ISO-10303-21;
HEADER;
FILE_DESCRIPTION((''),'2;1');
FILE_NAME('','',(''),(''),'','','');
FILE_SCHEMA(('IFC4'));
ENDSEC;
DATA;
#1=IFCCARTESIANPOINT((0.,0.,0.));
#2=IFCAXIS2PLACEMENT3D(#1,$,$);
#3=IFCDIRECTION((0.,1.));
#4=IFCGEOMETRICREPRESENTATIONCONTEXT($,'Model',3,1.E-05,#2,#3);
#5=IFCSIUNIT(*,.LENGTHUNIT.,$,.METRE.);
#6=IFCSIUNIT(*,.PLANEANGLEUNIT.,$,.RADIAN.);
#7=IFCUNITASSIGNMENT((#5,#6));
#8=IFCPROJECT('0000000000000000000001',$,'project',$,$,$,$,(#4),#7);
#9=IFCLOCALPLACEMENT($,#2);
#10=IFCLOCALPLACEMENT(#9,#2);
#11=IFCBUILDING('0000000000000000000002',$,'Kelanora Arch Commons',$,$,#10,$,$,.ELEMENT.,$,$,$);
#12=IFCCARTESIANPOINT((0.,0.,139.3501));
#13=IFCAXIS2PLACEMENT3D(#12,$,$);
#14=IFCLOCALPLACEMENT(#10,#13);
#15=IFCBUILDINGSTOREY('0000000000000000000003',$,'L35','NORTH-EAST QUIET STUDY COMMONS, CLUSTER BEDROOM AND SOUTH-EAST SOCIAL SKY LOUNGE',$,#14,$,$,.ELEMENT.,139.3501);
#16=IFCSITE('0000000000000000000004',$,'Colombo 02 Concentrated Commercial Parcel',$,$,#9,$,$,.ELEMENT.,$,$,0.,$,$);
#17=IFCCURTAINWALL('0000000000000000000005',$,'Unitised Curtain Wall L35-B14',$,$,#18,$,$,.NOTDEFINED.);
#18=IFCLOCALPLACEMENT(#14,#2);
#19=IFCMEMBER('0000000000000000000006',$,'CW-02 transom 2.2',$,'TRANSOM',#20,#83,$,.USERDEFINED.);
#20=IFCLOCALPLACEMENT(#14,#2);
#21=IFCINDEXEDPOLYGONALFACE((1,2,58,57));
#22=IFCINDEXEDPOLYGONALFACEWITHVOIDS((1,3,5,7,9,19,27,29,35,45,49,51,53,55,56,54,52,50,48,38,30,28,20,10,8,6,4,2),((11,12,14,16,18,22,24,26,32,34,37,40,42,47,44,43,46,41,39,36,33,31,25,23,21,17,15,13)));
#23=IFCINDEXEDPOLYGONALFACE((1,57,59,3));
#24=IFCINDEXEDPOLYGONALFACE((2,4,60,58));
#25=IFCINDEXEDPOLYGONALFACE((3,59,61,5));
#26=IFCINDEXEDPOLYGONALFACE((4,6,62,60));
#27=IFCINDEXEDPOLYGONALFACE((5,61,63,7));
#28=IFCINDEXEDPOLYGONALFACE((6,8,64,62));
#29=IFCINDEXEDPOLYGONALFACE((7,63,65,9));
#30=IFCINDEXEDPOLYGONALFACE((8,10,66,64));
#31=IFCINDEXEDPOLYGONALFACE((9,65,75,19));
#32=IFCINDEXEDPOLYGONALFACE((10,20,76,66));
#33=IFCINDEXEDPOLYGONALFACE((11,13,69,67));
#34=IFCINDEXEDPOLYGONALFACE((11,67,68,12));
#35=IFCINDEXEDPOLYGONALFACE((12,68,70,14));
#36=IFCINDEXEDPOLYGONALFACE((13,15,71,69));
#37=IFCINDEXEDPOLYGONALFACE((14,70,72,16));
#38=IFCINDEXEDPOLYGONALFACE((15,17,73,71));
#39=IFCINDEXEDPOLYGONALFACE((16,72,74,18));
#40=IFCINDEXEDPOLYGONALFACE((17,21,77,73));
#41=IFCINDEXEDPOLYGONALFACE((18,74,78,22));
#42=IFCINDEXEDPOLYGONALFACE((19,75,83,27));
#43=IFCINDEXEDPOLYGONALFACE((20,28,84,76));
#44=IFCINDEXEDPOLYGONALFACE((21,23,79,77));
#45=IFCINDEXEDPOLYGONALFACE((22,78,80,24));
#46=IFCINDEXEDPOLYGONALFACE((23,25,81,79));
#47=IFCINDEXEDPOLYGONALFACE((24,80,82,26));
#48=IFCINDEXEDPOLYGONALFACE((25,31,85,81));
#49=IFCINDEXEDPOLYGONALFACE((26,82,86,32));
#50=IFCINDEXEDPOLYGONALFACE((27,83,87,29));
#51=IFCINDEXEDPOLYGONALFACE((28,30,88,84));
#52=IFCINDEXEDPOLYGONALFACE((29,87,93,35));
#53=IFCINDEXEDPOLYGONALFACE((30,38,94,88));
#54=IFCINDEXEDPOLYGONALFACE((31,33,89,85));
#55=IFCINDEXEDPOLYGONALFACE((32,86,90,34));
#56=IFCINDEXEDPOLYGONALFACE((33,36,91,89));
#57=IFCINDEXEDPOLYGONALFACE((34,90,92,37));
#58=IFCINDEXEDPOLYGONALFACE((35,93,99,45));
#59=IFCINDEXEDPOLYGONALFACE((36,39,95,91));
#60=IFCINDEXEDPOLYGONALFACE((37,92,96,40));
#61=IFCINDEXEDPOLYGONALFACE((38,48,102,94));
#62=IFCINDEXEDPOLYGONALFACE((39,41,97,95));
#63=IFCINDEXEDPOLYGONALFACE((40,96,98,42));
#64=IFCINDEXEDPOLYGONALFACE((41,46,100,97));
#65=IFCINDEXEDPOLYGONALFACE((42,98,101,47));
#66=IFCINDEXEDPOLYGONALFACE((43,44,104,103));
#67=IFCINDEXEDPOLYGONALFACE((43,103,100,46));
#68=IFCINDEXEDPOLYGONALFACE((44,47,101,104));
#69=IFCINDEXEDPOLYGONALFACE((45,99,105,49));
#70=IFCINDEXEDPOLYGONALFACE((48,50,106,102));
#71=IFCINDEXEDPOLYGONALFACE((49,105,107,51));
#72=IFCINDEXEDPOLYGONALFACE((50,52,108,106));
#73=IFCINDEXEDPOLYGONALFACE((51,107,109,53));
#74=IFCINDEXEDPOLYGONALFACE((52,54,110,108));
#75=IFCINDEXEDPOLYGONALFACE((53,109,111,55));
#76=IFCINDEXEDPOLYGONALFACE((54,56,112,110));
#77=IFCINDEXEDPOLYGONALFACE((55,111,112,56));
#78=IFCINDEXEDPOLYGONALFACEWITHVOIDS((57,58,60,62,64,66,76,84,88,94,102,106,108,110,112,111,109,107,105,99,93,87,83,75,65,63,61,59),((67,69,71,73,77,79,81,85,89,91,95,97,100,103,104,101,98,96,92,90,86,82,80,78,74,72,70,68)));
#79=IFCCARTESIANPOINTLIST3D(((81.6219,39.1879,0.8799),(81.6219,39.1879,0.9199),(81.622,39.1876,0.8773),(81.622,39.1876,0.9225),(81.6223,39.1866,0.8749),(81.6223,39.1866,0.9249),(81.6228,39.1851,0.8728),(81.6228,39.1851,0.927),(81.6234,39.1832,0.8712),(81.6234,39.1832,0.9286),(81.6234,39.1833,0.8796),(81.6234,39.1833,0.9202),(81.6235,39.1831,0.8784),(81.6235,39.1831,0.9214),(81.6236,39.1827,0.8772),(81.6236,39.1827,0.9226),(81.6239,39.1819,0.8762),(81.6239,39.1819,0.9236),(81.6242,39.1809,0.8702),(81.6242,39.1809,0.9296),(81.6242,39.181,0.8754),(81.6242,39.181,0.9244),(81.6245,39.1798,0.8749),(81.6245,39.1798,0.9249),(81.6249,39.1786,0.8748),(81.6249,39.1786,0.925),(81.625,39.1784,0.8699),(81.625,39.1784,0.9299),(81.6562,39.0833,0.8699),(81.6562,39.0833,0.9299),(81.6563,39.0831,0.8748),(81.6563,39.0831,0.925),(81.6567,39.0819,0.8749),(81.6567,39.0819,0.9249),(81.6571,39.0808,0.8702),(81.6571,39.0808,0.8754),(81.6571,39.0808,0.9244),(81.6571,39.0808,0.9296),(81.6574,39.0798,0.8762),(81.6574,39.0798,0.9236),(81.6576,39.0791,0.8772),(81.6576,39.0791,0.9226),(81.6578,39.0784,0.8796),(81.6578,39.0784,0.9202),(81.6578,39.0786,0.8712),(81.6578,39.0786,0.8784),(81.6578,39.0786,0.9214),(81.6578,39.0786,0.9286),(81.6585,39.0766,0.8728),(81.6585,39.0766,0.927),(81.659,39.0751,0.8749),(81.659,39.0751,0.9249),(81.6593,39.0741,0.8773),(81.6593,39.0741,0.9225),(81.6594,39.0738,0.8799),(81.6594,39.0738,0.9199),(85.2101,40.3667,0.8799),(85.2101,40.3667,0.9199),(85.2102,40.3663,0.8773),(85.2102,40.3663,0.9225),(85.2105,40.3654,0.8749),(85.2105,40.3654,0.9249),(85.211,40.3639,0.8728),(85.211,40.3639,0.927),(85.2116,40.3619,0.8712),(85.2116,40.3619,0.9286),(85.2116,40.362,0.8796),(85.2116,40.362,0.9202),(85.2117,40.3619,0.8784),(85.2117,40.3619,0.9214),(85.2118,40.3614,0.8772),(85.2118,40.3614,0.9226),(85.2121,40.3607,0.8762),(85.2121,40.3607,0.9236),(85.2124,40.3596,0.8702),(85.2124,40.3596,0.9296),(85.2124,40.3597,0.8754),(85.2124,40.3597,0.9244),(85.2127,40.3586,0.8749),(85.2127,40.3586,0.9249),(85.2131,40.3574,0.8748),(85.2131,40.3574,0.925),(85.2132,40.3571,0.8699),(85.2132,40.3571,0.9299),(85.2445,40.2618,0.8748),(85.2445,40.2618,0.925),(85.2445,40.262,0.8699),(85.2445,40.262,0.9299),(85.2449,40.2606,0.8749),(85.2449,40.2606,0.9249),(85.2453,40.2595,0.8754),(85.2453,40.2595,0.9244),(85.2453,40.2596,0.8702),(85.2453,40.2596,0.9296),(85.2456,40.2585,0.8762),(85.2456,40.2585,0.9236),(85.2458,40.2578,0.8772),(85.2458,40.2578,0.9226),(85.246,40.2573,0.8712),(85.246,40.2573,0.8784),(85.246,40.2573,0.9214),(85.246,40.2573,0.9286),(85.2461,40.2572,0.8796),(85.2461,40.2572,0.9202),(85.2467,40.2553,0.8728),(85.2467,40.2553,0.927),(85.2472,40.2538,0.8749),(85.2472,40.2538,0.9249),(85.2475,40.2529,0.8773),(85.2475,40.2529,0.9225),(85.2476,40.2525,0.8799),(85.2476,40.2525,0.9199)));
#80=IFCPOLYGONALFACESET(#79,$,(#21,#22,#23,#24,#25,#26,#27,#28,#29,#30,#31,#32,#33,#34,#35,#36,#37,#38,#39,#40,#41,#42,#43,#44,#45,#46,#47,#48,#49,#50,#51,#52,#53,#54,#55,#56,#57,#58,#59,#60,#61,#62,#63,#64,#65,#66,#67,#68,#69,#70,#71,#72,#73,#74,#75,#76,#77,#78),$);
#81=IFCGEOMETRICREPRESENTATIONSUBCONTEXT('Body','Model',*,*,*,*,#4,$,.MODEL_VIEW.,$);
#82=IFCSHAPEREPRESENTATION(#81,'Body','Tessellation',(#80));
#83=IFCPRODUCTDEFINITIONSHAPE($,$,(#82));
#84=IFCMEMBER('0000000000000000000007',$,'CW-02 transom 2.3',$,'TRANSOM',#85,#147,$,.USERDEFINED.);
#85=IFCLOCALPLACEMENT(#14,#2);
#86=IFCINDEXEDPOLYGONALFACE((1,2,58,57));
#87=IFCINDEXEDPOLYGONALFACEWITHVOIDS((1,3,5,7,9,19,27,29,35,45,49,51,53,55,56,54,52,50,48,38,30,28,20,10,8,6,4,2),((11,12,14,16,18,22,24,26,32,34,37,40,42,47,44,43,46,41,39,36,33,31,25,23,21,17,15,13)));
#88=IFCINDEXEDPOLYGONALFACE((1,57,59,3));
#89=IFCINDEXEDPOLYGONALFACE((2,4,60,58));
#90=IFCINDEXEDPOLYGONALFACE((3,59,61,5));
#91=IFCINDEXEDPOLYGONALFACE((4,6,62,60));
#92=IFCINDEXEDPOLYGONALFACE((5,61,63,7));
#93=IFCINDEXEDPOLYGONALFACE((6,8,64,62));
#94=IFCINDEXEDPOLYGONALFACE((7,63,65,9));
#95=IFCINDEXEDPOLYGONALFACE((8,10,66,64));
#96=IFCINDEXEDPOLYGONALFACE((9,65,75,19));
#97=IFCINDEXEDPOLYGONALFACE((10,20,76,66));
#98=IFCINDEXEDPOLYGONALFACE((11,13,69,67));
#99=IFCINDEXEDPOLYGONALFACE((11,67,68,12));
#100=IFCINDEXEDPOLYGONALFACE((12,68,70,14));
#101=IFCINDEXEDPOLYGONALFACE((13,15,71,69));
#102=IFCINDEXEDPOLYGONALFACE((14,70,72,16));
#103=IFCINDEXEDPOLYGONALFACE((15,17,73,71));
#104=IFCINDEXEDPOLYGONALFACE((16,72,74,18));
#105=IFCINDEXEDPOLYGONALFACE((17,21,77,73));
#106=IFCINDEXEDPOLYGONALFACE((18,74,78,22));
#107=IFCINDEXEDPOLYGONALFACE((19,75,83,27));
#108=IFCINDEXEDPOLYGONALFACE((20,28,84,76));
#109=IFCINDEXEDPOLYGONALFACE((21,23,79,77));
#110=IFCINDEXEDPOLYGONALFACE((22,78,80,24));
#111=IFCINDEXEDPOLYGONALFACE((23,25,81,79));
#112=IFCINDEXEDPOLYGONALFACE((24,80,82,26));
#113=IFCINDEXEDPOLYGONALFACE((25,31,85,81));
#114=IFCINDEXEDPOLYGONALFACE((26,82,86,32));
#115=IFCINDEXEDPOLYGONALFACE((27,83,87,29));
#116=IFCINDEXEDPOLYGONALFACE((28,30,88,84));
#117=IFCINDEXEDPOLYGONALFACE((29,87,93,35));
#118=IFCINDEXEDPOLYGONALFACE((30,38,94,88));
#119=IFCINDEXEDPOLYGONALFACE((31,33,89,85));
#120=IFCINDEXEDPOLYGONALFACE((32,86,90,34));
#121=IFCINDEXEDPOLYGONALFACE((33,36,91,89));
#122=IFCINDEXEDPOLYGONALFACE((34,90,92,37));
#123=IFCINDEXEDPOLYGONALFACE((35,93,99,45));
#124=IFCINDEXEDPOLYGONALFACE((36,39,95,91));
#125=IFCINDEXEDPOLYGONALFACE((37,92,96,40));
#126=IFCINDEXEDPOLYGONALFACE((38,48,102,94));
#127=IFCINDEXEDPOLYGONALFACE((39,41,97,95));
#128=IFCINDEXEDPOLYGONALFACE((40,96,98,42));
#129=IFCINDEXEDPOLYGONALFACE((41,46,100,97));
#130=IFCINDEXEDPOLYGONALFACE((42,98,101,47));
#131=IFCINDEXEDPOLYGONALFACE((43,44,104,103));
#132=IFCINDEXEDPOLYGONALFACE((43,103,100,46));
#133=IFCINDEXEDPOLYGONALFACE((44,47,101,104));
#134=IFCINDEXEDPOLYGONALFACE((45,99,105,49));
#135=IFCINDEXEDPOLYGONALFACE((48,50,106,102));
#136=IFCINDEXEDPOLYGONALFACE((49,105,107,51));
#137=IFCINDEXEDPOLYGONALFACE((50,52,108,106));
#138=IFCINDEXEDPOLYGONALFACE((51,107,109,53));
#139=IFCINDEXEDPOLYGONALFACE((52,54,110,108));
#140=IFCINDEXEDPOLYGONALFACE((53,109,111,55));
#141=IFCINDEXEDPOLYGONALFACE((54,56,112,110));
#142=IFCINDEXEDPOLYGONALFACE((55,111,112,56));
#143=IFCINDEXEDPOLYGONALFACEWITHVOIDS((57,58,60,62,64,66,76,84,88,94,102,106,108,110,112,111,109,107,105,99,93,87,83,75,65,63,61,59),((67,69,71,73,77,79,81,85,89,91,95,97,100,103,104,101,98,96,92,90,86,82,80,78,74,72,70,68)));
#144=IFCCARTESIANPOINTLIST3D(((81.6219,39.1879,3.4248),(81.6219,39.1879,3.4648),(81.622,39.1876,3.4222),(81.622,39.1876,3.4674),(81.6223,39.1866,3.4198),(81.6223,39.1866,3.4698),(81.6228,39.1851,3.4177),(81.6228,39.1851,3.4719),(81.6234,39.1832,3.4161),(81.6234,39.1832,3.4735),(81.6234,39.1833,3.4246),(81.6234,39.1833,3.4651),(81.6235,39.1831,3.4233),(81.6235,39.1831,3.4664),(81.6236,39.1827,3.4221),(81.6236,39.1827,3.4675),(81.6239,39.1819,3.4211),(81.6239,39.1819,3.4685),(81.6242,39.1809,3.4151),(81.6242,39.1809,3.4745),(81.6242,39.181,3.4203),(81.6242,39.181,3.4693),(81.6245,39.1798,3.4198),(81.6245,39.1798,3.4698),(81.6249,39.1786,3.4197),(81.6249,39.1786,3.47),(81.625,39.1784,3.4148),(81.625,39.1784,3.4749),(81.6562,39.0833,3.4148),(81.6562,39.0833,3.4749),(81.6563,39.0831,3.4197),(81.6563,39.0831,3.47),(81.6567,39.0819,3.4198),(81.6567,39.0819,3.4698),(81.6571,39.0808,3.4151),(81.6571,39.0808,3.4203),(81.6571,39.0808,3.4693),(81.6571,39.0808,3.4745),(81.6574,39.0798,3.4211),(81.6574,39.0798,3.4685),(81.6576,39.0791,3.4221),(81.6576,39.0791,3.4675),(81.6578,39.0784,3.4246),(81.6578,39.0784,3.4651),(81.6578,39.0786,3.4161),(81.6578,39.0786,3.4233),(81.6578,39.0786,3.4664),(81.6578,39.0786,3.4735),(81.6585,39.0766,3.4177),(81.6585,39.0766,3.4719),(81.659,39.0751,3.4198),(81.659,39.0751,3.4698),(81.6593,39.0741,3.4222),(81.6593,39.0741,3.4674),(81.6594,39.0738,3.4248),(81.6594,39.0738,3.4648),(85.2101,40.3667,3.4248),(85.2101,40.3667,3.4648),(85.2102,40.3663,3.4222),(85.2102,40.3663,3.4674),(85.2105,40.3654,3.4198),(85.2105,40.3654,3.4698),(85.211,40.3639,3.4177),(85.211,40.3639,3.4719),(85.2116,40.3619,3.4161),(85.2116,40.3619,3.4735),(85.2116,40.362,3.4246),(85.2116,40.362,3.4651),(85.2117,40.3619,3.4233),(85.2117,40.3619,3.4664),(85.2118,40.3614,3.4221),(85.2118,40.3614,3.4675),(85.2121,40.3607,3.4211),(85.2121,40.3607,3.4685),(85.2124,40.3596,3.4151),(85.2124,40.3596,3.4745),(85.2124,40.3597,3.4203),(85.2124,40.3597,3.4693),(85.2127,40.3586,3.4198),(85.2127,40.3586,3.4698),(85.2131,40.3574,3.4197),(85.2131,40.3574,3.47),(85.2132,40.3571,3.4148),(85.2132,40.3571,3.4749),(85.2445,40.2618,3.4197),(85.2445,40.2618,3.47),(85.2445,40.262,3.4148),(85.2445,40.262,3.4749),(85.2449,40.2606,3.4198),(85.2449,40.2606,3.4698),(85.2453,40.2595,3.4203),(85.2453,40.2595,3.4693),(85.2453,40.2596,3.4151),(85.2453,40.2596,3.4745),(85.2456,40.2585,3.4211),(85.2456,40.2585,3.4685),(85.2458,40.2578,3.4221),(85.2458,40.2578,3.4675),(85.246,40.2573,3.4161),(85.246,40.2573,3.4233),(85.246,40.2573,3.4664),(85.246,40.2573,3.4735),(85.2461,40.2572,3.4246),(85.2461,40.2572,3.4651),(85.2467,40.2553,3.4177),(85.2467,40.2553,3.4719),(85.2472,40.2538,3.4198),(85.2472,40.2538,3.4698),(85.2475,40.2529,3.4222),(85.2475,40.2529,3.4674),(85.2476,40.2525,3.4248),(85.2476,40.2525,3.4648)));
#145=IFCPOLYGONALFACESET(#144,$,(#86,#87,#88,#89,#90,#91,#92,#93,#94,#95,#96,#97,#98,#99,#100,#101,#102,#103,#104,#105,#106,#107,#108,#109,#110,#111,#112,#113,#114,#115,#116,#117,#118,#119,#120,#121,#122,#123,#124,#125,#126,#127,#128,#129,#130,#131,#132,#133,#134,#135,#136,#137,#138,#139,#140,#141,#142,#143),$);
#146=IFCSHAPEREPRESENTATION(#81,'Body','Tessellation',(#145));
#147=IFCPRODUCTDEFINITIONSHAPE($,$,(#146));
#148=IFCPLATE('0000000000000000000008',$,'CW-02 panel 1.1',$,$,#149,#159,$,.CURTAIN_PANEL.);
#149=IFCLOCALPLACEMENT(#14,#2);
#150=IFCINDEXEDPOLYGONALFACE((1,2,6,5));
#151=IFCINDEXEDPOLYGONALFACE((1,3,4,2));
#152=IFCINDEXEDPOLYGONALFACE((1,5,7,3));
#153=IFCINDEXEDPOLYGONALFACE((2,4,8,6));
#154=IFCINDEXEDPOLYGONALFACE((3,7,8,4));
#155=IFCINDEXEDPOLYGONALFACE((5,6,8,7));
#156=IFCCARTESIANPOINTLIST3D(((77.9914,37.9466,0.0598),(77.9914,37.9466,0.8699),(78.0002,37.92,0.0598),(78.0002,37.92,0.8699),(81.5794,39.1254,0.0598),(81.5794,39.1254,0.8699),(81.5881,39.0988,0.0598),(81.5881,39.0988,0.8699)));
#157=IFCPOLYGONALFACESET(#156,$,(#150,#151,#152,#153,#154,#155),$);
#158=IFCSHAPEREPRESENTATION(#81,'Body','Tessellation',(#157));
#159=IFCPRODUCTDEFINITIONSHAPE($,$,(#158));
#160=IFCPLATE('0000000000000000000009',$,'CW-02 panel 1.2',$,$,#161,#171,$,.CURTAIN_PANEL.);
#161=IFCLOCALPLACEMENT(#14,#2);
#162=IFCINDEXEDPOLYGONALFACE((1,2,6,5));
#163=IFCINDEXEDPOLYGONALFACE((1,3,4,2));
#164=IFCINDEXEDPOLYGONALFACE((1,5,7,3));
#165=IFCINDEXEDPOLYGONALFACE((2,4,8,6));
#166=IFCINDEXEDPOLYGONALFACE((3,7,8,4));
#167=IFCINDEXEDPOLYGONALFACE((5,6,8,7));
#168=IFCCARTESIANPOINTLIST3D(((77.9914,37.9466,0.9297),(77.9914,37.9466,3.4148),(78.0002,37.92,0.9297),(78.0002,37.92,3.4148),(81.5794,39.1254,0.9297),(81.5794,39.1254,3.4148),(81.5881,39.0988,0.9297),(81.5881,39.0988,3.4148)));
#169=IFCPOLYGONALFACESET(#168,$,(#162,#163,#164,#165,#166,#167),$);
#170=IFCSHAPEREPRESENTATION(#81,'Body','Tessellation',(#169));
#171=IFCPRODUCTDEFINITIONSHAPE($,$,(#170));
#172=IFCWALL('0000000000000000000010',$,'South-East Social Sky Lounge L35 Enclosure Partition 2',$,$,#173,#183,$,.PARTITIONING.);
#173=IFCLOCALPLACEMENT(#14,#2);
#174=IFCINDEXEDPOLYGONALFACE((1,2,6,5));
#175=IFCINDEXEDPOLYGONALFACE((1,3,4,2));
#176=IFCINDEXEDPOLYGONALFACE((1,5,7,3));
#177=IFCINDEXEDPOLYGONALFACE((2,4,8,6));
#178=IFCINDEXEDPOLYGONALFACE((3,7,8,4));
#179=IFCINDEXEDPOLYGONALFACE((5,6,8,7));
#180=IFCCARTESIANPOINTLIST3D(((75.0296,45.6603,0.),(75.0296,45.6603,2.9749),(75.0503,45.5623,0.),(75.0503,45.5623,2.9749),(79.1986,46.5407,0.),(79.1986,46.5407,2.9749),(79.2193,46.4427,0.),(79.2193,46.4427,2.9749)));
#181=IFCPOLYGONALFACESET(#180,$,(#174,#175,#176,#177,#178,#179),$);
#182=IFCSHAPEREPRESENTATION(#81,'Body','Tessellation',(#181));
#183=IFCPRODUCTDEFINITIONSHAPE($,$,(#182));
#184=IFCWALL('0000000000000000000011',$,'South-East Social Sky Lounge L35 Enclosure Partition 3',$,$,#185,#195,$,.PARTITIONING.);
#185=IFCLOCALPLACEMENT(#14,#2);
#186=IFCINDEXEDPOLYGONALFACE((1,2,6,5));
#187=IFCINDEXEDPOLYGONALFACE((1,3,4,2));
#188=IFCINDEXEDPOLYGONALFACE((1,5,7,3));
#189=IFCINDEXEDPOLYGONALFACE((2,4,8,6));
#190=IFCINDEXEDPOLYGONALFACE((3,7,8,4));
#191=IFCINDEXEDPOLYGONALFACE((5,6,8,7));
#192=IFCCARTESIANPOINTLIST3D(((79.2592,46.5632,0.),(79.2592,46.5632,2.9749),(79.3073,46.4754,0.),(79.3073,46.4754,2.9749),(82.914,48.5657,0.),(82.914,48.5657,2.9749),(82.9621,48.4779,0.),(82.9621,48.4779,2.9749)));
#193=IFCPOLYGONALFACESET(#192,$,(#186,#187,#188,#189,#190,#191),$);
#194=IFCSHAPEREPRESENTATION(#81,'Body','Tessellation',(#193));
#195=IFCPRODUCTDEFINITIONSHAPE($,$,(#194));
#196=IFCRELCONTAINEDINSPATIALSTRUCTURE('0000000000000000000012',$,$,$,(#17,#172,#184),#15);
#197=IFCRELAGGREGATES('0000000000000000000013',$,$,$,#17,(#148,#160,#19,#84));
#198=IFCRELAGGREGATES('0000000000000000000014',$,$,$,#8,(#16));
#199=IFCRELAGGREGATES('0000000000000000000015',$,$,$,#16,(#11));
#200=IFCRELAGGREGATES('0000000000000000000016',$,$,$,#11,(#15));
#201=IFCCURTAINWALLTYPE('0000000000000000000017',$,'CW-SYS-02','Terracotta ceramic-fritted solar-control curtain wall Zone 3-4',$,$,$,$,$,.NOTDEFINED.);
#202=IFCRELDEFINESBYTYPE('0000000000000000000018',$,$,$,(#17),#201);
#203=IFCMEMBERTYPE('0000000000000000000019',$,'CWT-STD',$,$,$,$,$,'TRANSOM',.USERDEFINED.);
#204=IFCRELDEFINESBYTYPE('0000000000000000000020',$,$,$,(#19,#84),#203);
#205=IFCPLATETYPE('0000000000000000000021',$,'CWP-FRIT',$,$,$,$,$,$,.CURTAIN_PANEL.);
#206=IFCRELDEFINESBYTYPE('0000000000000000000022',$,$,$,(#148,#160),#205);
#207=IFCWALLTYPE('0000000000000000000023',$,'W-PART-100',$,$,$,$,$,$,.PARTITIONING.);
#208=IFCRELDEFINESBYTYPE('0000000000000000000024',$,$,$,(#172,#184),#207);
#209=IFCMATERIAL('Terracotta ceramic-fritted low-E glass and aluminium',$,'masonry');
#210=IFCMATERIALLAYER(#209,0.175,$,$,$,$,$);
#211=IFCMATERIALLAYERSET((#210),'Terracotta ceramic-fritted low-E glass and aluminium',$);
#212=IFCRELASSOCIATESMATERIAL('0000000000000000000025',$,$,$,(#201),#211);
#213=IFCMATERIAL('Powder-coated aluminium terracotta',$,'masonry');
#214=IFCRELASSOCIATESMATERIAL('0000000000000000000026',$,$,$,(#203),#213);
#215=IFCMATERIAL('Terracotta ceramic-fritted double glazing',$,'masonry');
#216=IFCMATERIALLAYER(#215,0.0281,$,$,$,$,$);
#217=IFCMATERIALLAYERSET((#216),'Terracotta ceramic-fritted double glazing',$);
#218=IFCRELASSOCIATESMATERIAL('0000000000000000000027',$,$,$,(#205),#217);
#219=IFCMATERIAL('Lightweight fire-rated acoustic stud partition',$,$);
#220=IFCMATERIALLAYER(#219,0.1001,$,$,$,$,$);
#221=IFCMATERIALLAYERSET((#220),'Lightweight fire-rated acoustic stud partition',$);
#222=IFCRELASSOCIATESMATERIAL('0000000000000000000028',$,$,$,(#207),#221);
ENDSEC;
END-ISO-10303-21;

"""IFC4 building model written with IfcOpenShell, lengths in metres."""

from ifc_helpers import new_model, si_unit, direction, frame, frame_2d, origin, origin_2d, place, context, subcontext, project, spatial, rectangle, hollow_rectangle, extrude, source, transform, mapped, material, layer, layer_set, material_profile, profile_set, type_object, element, aggregate, save


model = new_model("IFC4")

# Units and contexts
model_context = context("Model", 3, precision=1e-05, world=origin(), true_north=direction((0.0, 1.0)))
body_context = subcontext(model_context, "Body", "Model", "MODEL_VIEW")
ifc_project = project(units=[si_unit("LENGTHUNIT", "METRE"), si_unit("PLANEANGLEUNIT", "RADIAN")], contexts=[model_context])

# Site, building, storey
site_placement = place(None, origin())
site = spatial("IfcSite", under=ifc_project, at=site_placement, Name="Colombo 02 Concentrated Commercial Parcel", CompositionType="ELEMENT", RefElevation=0.0)
building_placement = place(site_placement, origin())
building = spatial("IfcBuilding", under=site, at=building_placement, Name="Kelanora Arch Commons", CompositionType="ELEMENT")
storey_placement = place(building_placement, frame((0.0, 0.0, 139.3501)))
storey = spatial("IfcBuildingStorey", under=building, at=storey_placement, Name="L35", Description="NORTH-EAST QUIET STUDY COMMONS, CLUSTER BEDROOM AND SOUTH-EAST SOCIAL SKY LOUNGE", CompositionType="ELEMENT", Elevation=139.3501)

# Curtain wall, members, plates
ifc_material_1 = material(Name="Terracotta ceramic-fritted low-E glass and aluminium", Category="masonry")
ifc_layer_1 = layer(ifc_material_1, 0.175)
ifc_layer_set_1 = layer_set([ifc_layer_1], Name="Terracotta ceramic-fritted low-E glass and aluminium")
curtain_wall_type = type_object("IfcCurtainWallType", Name="CW-SYS-02", Description="Terracotta ceramic-fritted solar-control curtain wall Zone 3-4", PredefinedType="NOTDEFINED", material=ifc_layer_set_1)
curtain_wall_placement = place(storey_placement, origin())
curtain_wall = element("IfcCurtainWall", 1, at=curtain_wall_placement, inside=storey, type_object=curtain_wall_type, Name="Unitised Curtain Wall L35-B14", PredefinedType="NOTDEFINED")
ifc_material_2 = material(Name="Powder-coated aluminium terracotta", Category="masonry")
ifc_material_profile_1 = material_profile(ifc_material_2, hollow_rectangle(XDim=0.1201, YDim=0.0601, WallThickness=0.0049, InnerFilletRadius=0.0049, OuterFilletRadius=0.01, at=origin_2d()), Name="CWT120x60")
ifc_profile_set_1 = profile_set([ifc_material_profile_1], Name="Powder-coated aluminium terracotta")
member_type_1 = type_object("IfcMemberType", Name="CWT-STD", ElementType="TRANSOM", PredefinedType="USERDEFINED", material=ifc_profile_set_1)
member_1_placement = place(storey_placement, frame((81.6406, 39.1309, 0.8999), z_axis=(0.950051, 0.312094, 0.0), x_axis=(-0.312094, 0.950051, 0.0)))
member_1 = element("IfcMember", 2, at=member_1_placement, type_object=member_type_1, Name="CW-02 transom 2.2", ObjectType="TRANSOM", PredefinedType="USERDEFINED", context=body_context, shape_type="SweptSolid", body=[
    extrude(hollow_rectangle(XDim=0.1201, YDim=0.0601, WallThickness=0.0049, InnerFilletRadius=0.0049, OuterFilletRadius=0.01, at=origin_2d()), origin(), (0.0, 0.0, 1.0), 3.7769),
])
member_2_placement = place(storey_placement, frame((81.6406, 39.1309, 3.4448), z_axis=(0.950051, 0.312094, 0.0), x_axis=(-0.312094, 0.950051, 0.0)))
member_2 = element("IfcMember", 3, at=member_2_placement, type_object=member_type_1, Name="CW-02 transom 2.3", ObjectType="TRANSOM", PredefinedType="USERDEFINED", context=body_context, shape_type="SweptSolid", body=[
    extrude(hollow_rectangle(XDim=0.1201, YDim=0.0601, WallThickness=0.0049, InnerFilletRadius=0.0049, OuterFilletRadius=0.01, at=origin_2d()), origin(), (0.0, 0.0, 1.0), 3.7769),
])
ifc_material_3 = material(Name="Terracotta ceramic-fritted double glazing", Category="masonry")
ifc_layer_2 = layer(ifc_material_3, 0.0281)
ifc_layer_set_2 = layer_set([ifc_layer_2], Name="Terracotta ceramic-fritted double glazing")
plate_type = type_object("IfcPlateType", Name="CWP-FRIT", PredefinedType="CURTAIN_PANEL", material=ifc_layer_set_2)
shared_shape_1 = source(origin(), body_context, "Body", "SweptSolid", [
    extrude(rectangle(XDim=3.7766, YDim=0.0281, at=origin_2d()), origin(), (0.0, 0.0, 1.0), 0.8101),
])
plate_1_placement = place(storey_placement, frame((79.7898, 38.5227, 0.0598), z_axis=(0.0, 0.0, 1.0), x_axis=(0.95004, 0.312128, 0.0)))
plate_1 = element("IfcPlate", 4, at=plate_1_placement, type_object=plate_type, Name="CW-02 panel 1.1", PredefinedType="CURTAIN_PANEL", context=body_context, shape_type="MappedRepresentation", body=[
    mapped(shared_shape_1, transform((0.0, 0.0, 0.0), scale=1.0)),
])
shared_shape_2 = source(origin(), body_context, "Body", "SweptSolid", [
    extrude(rectangle(XDim=3.7766, YDim=0.0281, at=origin_2d()), origin(), (0.0, 0.0, 1.0), 2.4851),
])
plate_2_placement = place(storey_placement, frame((79.7898, 38.5227, 0.9297), z_axis=(0.0, 0.0, 1.0), x_axis=(0.95004, 0.312128, 0.0)))
plate_2 = element("IfcPlate", 5, at=plate_2_placement, type_object=plate_type, Name="CW-02 panel 1.2", PredefinedType="CURTAIN_PANEL", context=body_context, shape_type="MappedRepresentation", body=[
    mapped(shared_shape_2, transform((0.0, 0.0, 0.0), scale=1.0)),
])
aggregate(curtain_wall, [plate_1, plate_2, member_1, member_2])

# Walls
ifc_material_4 = material(Name="Lightweight fire-rated acoustic stud partition")
ifc_layer_3 = layer(ifc_material_4, 0.1001)
ifc_layer_set_3 = layer_set([ifc_layer_3], Name="Lightweight fire-rated acoustic stud partition")
wall_type_1 = type_object("IfcWallType", Name="W-PART-100", PredefinedType="PARTITIONING", material=ifc_layer_set_3)
wall_1_placement = place(storey_placement, frame((75.04, 45.6113, 0.0), z_axis=(0.0, 0.0, 1.0), x_axis=(0.978422, 0.206617, 0.0)))
element("IfcWall", 6, at=wall_1_placement, inside=storey, type_object=wall_type_1, Name="South-East Social Sky Lounge L35 Enclosure Partition 2", PredefinedType="PARTITIONING", context=body_context, shape_type="SweptSolid", body=[
    extrude(rectangle(XDim=4.261, YDim=0.1001, at=frame_2d((2.1304, 0.0))), origin(), (0.0, 0.0, 1.0), 2.9749),
])
wall_2_placement = place(storey_placement, frame((79.2832, 46.5193, 0.0), z_axis=(0.0, 0.0, 1.0), x_axis=(0.876994, 0.480501, 0.0)))
element("IfcWall", 7, at=wall_2_placement, inside=storey, type_object=wall_type_1, Name="South-East Social Sky Lounge L35 Enclosure Partition 3", PredefinedType="PARTITIONING", context=body_context, shape_type="SweptSolid", body=[
    extrude(rectangle(XDim=4.1675, YDim=0.1001, at=frame_2d((2.0837, 0.0))), origin(), (0.0, 0.0, 1.0), 2.9749),
])

save(model, "model.ifc")
